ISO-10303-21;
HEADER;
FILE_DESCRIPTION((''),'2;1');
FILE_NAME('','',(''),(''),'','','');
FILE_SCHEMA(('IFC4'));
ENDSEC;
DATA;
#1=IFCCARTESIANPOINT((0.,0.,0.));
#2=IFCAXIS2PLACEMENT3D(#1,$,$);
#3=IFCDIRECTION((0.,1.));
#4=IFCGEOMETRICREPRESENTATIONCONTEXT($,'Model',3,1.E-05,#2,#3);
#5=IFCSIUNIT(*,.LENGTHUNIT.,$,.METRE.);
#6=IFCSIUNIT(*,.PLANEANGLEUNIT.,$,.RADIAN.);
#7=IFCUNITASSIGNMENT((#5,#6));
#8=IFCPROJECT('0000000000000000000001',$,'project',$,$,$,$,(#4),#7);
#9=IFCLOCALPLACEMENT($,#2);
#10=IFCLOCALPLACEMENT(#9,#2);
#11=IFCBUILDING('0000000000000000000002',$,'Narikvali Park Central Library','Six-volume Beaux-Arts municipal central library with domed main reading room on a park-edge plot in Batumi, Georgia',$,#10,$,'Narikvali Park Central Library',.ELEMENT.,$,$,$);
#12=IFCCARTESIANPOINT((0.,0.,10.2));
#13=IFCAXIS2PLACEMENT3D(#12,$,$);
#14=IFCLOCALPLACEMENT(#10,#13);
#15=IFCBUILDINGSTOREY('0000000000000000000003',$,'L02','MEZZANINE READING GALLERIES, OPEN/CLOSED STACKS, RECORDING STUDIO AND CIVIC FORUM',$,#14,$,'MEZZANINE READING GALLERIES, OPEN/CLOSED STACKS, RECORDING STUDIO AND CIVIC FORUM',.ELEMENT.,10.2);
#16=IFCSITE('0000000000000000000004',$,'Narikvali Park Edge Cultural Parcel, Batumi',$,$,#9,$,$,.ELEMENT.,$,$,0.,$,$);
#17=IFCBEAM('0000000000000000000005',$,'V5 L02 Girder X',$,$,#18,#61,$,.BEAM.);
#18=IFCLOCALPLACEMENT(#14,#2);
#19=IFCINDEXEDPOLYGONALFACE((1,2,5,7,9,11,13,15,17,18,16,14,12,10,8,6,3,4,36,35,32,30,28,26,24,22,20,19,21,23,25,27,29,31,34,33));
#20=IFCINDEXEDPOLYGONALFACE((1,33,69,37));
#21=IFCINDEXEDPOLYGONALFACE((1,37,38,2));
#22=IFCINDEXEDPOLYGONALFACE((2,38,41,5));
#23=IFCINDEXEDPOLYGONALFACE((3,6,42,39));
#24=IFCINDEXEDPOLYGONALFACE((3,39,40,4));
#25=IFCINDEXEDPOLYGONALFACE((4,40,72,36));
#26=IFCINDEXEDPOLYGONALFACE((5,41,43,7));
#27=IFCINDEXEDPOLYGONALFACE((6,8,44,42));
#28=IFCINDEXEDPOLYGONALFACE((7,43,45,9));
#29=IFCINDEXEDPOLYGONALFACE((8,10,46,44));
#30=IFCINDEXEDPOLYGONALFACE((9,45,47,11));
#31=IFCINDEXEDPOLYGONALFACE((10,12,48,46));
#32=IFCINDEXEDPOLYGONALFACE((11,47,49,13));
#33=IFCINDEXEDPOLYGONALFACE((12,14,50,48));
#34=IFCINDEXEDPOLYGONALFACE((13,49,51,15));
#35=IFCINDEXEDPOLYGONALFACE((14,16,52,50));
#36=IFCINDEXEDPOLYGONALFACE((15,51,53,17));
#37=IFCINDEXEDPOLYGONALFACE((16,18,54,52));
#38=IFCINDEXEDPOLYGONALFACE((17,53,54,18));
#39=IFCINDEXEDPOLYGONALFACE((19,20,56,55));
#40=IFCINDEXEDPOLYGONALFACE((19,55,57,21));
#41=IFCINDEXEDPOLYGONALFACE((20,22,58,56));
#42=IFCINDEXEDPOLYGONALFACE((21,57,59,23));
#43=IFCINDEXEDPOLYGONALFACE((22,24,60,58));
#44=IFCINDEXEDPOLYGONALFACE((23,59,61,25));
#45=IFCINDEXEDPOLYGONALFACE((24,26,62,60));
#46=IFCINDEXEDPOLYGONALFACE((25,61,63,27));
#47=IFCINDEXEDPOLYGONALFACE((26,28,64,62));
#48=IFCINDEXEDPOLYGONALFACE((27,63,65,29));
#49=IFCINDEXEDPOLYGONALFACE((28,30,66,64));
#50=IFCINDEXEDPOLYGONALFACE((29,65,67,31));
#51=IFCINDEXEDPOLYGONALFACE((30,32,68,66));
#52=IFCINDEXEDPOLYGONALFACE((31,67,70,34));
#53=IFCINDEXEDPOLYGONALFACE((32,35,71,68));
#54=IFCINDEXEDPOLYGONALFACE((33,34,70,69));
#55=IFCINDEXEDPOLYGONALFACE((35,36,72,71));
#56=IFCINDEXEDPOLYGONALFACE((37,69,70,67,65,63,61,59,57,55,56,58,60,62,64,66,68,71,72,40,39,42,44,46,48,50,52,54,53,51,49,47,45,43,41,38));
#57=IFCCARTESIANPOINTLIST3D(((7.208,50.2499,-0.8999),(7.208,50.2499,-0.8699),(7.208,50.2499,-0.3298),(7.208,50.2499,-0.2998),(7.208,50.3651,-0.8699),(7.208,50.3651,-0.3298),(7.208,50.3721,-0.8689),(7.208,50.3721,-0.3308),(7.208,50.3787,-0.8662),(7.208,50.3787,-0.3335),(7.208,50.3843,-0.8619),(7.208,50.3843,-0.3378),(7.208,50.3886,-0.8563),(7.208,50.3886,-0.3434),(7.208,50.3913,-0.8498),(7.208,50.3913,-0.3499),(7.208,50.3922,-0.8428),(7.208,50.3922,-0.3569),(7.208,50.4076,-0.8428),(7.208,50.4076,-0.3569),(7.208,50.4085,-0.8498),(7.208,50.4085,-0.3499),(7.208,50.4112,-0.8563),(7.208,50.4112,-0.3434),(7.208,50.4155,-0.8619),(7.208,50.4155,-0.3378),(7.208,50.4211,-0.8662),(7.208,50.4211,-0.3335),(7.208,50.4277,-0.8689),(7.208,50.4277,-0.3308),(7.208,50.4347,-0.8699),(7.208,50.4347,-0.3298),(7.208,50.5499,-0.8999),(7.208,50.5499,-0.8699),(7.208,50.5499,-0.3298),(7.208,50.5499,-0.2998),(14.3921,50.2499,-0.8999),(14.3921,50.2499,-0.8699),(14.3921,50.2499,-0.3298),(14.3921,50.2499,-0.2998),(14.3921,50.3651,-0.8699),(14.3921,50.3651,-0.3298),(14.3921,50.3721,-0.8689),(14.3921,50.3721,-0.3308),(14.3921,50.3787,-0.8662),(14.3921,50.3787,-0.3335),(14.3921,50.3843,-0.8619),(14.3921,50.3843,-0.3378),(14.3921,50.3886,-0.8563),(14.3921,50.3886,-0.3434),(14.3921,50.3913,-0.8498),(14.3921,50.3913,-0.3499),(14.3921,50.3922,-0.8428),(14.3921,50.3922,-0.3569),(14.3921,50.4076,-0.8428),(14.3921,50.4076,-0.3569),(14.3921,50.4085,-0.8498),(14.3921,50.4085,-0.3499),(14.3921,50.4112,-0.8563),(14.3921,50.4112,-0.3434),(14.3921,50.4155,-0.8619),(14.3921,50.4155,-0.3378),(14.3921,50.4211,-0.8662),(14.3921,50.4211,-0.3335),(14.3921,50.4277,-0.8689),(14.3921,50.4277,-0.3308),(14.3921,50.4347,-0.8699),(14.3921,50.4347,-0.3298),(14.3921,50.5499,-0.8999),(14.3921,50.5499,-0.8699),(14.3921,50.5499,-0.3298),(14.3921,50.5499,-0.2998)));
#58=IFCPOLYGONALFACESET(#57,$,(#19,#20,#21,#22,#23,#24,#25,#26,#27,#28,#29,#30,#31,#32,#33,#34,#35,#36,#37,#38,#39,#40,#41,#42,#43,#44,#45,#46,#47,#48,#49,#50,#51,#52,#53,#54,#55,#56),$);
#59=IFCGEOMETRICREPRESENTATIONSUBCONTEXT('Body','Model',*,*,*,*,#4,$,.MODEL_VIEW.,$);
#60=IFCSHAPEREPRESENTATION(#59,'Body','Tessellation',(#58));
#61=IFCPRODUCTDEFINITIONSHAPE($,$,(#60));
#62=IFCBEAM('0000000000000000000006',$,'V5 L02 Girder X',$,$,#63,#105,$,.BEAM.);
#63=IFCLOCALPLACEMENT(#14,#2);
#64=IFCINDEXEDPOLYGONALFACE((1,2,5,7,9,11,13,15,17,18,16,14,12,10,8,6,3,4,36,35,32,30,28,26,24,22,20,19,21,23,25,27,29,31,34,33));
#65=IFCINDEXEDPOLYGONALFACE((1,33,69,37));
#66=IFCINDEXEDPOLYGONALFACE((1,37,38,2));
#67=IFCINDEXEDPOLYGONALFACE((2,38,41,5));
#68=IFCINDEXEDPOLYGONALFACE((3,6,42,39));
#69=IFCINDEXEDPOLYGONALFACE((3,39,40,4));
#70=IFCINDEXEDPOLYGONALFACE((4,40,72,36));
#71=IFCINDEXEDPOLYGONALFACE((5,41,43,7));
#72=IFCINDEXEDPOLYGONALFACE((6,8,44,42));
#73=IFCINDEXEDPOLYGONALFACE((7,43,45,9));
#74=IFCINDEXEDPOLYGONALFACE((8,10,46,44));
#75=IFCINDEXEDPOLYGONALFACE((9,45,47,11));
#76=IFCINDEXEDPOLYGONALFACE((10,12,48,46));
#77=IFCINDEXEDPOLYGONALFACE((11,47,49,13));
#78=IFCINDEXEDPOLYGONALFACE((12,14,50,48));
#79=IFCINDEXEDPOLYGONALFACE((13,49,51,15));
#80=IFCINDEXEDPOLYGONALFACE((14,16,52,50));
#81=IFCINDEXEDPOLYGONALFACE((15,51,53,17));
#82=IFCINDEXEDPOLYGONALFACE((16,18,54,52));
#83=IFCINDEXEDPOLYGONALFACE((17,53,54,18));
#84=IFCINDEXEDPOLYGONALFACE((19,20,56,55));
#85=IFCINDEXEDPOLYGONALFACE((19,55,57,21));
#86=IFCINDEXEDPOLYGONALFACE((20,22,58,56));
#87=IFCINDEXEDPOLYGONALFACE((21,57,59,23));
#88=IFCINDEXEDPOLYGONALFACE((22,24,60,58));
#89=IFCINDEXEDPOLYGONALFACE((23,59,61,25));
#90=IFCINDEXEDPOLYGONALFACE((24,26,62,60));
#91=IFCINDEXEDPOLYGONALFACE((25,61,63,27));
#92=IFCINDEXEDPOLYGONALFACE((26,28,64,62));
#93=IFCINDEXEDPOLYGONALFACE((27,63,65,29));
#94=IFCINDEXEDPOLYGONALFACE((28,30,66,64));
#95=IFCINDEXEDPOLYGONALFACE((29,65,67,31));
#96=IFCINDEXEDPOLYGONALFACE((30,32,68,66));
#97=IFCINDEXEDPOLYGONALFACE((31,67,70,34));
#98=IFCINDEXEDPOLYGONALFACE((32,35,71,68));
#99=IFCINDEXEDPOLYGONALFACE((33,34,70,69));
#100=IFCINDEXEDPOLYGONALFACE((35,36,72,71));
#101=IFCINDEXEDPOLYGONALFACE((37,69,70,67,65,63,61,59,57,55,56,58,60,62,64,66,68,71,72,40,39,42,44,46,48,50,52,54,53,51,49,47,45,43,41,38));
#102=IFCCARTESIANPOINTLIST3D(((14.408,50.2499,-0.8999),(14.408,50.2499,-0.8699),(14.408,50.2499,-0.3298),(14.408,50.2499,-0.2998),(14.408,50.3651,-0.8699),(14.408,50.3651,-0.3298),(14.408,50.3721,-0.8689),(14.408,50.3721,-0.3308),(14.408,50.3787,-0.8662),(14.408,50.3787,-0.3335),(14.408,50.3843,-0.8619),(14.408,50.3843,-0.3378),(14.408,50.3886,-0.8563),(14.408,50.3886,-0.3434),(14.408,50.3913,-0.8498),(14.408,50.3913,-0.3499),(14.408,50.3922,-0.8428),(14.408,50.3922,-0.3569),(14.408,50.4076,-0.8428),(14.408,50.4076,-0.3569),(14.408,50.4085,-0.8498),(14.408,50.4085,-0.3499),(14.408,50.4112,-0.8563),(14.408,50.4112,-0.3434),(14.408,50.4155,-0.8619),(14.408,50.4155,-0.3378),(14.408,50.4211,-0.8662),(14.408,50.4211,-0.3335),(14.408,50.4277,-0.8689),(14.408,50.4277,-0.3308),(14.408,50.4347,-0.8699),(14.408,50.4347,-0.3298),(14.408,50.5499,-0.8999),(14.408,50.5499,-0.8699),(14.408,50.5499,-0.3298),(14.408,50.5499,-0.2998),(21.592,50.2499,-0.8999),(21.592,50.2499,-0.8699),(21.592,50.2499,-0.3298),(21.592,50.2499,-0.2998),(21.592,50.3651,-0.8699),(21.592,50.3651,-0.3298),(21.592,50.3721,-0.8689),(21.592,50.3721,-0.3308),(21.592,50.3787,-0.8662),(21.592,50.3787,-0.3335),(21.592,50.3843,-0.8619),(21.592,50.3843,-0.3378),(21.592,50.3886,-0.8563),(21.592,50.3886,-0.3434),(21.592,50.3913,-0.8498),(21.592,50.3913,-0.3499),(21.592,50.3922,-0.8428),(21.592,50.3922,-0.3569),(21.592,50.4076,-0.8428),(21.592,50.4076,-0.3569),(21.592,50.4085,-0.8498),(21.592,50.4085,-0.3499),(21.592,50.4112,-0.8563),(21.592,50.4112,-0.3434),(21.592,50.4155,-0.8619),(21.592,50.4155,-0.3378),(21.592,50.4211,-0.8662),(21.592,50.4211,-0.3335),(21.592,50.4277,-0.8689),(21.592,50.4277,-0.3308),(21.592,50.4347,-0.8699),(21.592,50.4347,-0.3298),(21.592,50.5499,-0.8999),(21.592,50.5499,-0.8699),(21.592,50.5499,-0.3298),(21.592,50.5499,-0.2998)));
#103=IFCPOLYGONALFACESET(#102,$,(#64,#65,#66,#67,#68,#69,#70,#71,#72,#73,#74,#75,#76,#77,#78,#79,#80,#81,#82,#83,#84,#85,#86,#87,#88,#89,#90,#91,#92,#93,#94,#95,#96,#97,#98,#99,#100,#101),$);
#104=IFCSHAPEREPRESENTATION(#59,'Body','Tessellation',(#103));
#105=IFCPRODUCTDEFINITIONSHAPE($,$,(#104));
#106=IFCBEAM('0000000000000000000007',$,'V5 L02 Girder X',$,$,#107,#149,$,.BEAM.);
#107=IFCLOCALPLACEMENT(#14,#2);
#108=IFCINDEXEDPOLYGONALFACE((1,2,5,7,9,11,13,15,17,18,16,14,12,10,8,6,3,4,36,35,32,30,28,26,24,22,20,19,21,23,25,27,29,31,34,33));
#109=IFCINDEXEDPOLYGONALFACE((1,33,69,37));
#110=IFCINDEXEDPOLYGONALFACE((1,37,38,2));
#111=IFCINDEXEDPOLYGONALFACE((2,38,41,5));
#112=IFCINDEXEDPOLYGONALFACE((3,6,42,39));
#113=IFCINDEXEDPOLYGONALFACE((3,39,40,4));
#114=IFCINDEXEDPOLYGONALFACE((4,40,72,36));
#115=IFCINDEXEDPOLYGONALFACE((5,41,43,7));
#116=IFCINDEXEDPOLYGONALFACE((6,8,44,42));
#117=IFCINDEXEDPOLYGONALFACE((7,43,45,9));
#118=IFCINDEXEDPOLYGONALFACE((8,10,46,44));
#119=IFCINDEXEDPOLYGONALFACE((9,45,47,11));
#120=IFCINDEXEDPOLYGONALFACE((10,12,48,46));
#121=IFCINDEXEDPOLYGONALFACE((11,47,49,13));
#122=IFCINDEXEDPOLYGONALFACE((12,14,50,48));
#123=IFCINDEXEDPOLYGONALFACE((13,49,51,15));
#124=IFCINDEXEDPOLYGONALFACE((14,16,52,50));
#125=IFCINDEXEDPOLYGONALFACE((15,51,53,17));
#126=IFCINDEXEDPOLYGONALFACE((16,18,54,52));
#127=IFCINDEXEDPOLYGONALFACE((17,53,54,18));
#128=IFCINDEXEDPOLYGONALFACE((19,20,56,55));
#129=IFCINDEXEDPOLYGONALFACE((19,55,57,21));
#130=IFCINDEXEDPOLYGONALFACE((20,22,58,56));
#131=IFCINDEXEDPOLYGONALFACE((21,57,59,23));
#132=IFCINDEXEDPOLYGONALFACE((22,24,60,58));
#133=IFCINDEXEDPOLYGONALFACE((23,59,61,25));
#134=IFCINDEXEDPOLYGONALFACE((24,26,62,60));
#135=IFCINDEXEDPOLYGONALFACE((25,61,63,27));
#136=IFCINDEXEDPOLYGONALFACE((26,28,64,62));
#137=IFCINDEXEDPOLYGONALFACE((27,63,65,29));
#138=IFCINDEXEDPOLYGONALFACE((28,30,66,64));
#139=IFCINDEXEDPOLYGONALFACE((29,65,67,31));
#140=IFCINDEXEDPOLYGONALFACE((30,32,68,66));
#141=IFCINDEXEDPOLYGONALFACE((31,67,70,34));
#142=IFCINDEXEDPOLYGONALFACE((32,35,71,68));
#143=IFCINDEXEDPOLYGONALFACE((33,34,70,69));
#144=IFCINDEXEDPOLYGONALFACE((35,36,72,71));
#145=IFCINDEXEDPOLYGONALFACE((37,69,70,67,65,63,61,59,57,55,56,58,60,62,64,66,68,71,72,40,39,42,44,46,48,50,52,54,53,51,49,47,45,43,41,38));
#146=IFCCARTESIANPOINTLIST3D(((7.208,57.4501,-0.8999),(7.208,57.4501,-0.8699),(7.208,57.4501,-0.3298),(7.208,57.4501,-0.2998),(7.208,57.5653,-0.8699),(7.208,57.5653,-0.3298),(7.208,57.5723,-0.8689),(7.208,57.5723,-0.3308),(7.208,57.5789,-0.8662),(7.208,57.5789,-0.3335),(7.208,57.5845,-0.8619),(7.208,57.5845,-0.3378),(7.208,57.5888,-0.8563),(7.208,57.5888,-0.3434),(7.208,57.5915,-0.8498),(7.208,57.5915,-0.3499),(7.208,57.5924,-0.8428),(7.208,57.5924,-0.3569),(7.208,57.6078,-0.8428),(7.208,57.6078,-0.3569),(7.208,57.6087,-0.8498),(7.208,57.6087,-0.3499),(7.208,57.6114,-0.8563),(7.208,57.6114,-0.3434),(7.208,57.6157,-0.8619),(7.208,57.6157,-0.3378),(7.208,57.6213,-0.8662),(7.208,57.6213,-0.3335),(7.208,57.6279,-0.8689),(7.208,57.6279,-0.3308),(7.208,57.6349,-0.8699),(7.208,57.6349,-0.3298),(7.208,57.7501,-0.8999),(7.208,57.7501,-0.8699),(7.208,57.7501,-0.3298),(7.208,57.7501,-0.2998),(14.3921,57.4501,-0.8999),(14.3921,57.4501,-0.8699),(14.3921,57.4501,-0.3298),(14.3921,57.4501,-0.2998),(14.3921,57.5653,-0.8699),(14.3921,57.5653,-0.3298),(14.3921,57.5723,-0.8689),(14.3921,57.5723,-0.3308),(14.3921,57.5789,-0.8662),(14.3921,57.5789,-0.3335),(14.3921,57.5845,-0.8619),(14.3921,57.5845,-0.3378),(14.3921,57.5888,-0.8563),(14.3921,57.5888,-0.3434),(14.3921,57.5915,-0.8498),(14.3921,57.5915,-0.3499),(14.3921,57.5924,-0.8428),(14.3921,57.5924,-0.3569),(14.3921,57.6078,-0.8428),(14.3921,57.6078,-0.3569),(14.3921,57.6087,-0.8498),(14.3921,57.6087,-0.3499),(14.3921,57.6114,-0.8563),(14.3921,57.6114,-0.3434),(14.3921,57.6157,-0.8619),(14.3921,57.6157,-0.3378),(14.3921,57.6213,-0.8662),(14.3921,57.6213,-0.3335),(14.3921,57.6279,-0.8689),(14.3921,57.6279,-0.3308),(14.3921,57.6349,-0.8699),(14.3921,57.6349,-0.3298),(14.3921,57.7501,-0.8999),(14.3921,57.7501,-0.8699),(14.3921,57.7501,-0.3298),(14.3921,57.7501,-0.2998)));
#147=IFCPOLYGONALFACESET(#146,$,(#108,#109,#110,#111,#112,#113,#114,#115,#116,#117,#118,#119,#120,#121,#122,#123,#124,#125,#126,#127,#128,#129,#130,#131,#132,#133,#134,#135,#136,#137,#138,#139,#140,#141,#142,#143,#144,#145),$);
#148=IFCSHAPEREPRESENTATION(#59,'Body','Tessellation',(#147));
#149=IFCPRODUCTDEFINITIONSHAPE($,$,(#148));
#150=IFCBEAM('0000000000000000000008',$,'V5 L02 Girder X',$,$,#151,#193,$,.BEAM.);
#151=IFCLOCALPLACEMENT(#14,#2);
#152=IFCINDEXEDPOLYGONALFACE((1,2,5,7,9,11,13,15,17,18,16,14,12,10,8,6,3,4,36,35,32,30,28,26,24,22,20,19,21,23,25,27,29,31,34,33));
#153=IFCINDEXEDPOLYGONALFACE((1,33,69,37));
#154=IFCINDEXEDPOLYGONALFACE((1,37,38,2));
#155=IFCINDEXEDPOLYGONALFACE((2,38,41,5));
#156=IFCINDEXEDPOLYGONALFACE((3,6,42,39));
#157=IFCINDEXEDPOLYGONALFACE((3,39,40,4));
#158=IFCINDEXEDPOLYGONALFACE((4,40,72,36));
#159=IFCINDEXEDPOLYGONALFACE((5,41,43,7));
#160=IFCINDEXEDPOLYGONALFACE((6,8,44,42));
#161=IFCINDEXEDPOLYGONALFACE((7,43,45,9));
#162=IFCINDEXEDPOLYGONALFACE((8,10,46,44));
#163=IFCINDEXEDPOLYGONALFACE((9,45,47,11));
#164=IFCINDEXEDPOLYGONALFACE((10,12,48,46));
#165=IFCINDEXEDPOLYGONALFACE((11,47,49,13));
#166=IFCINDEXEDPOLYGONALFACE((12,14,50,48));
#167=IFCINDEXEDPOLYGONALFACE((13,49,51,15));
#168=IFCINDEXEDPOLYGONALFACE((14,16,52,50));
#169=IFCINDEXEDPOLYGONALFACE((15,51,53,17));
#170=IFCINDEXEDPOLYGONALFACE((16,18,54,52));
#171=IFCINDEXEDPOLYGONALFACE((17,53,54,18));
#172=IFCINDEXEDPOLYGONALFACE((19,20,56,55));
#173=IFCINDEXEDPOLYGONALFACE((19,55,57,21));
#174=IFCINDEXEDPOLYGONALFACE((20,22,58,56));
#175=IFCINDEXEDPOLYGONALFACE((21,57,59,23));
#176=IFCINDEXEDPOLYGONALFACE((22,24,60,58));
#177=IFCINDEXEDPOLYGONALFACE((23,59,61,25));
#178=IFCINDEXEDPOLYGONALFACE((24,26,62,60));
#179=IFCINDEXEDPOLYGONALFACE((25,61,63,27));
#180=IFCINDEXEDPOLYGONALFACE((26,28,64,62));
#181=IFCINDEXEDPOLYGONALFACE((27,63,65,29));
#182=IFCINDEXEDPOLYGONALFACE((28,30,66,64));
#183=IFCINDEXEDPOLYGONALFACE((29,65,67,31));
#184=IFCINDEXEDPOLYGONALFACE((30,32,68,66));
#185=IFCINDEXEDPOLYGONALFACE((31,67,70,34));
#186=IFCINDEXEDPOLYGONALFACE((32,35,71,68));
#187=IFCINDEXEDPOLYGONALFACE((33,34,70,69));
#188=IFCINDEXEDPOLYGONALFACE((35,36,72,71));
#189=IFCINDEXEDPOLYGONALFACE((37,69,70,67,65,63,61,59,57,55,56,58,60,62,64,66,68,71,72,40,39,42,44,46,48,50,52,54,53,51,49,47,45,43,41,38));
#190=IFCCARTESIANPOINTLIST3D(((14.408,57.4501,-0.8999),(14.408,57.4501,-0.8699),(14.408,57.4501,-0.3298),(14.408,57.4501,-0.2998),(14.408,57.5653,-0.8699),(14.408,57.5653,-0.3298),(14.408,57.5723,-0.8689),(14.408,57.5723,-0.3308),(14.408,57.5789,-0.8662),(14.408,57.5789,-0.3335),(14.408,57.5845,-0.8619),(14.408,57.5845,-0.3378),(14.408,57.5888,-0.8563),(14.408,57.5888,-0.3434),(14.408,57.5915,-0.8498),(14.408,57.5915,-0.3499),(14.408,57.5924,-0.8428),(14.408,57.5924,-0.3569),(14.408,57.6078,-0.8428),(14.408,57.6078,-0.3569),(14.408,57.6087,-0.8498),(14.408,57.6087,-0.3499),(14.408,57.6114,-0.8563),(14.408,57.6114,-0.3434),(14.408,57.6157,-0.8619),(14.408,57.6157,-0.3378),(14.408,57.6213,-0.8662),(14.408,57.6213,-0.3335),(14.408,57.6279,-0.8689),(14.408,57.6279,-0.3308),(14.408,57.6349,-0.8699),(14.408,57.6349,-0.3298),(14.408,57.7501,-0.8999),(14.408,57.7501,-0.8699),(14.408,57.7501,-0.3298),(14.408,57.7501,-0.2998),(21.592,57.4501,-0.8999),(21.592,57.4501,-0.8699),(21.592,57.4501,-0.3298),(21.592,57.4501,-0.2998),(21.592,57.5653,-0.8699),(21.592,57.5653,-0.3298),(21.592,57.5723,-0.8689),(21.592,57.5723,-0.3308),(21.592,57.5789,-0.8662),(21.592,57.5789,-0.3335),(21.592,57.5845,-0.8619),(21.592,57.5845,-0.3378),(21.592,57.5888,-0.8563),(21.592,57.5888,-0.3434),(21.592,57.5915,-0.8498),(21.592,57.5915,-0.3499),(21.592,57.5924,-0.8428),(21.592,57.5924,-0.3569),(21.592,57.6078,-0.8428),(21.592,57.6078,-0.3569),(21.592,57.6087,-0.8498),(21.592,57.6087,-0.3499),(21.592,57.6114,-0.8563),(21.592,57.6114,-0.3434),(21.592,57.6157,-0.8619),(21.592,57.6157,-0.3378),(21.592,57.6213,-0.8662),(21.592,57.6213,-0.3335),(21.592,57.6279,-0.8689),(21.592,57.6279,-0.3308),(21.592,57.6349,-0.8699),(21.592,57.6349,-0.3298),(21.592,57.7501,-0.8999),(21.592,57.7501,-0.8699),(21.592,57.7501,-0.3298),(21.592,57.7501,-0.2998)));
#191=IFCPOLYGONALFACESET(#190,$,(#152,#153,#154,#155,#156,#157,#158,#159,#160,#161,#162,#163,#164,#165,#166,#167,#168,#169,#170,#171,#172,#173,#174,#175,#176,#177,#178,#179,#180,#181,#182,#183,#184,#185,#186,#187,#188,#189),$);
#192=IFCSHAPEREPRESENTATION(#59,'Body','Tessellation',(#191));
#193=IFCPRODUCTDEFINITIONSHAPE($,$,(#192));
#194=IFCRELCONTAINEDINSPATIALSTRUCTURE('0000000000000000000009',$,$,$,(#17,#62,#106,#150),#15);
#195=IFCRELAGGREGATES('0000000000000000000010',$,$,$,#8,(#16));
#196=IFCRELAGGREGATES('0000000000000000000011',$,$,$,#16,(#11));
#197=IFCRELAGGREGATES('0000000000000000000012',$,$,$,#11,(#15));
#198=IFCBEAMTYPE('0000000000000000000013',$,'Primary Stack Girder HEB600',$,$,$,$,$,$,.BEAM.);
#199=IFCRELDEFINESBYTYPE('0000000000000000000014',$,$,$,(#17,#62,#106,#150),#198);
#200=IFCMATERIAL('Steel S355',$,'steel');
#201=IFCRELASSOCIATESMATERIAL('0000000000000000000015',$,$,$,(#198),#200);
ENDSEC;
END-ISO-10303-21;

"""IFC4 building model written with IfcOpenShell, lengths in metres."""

from ifc_helpers import new_model, si_unit, direction, frame, origin, origin_2d, place, context, subcontext, project, spatial, i_section, extrude, material, material_profile, profile_set, type_object, element, save


model = new_model("IFC4")

# Units and contexts
model_context = context("Model", 3, precision=1e-05, world=origin(), true_north=direction((0.0, 1.0)))
body_context = subcontext(model_context, "Body", "Model", "MODEL_VIEW")
ifc_project = project(units=[si_unit("LENGTHUNIT", "METRE"), si_unit("PLANEANGLEUNIT", "RADIAN")], contexts=[model_context])

# Site, building, storey
site_placement = place(None, origin())
site = spatial("IfcSite", under=ifc_project, at=site_placement, Name="Narikvali Park Edge Cultural Parcel, Batumi", CompositionType="ELEMENT", RefElevation=0.0)
building_placement = place(site_placement, origin())
building = spatial("IfcBuilding", under=site, at=building_placement, Name="Narikvali Park Central Library", Description="Six-volume Beaux-Arts municipal central library with domed main reading room on a park-edge plot in Batumi, Georgia", LongName="Narikvali Park Central Library", CompositionType="ELEMENT")
storey_placement = place(building_placement, frame((0.0, 0.0, 10.2)))
storey = spatial("IfcBuildingStorey", under=building, at=storey_placement, Name="L02", Description="MEZZANINE READING GALLERIES, OPEN/CLOSED STACKS, RECORDING STUDIO AND CIVIC FORUM", LongName="MEZZANINE READING GALLERIES, OPEN/CLOSED STACKS, RECORDING STUDIO AND CIVIC FORUM", CompositionType="ELEMENT", Elevation=10.2)

# Shared definitions
ifc_material_1 = material(Name="Steel S355", Category="steel")

# Beams
ifc_material_profile_1 = material_profile(ifc_material_1, i_section(OverallWidth=0.3, OverallDepth=0.6001, WebThickness=0.0154, FlangeThickness=0.03, FilletRadius=0.0271, at=origin_2d()), Name="HEB 600")
ifc_profile_set_1 = profile_set([ifc_material_profile_1], Name="Steel S355")
beam_type_1 = type_object("IfcBeamType", Name="Primary Stack Girder HEB600", PredefinedType="BEAM", material=ifc_profile_set_1)
for number, where, z_axis, x_axis, name in (
    (1, (7.208, 50.3999, -0.5999), (1.0, 0.0, 0.0), (0.0, 1.0, 0.0), "V5 L02 Girder X"),
    (2, (14.408, 50.3999, -0.5999), (1.0, 0.0, 0.0), (0.0, 1.0, 0.0), "V5 L02 Girder X"),
    (3, (7.208, 57.6001, -0.5999), (1.0, 0.0, 0.0), (0.0, 1.0, 0.0), "V5 L02 Girder X"),
    (4, (14.408, 57.6001, -0.5999), (1.0, 0.0, 0.0), (0.0, 1.0, 0.0), "V5 L02 Girder X"),
):
    element("IfcBeam", number, at=place(storey_placement, frame(where, z_axis=z_axis, x_axis=x_axis)), inside=storey, type_object=beam_type_1, Name=name, PredefinedType="BEAM", context=body_context, shape_type="SweptSolid", body=[
        extrude(i_section(OverallWidth=0.3, OverallDepth=0.6001, WebThickness=0.0154, FlangeThickness=0.03, FilletRadius=0.0271, at=origin_2d()), origin(), (0.0, 0.0, 1.0), 7.1841),
    ])

save(model, "model.ifc")
